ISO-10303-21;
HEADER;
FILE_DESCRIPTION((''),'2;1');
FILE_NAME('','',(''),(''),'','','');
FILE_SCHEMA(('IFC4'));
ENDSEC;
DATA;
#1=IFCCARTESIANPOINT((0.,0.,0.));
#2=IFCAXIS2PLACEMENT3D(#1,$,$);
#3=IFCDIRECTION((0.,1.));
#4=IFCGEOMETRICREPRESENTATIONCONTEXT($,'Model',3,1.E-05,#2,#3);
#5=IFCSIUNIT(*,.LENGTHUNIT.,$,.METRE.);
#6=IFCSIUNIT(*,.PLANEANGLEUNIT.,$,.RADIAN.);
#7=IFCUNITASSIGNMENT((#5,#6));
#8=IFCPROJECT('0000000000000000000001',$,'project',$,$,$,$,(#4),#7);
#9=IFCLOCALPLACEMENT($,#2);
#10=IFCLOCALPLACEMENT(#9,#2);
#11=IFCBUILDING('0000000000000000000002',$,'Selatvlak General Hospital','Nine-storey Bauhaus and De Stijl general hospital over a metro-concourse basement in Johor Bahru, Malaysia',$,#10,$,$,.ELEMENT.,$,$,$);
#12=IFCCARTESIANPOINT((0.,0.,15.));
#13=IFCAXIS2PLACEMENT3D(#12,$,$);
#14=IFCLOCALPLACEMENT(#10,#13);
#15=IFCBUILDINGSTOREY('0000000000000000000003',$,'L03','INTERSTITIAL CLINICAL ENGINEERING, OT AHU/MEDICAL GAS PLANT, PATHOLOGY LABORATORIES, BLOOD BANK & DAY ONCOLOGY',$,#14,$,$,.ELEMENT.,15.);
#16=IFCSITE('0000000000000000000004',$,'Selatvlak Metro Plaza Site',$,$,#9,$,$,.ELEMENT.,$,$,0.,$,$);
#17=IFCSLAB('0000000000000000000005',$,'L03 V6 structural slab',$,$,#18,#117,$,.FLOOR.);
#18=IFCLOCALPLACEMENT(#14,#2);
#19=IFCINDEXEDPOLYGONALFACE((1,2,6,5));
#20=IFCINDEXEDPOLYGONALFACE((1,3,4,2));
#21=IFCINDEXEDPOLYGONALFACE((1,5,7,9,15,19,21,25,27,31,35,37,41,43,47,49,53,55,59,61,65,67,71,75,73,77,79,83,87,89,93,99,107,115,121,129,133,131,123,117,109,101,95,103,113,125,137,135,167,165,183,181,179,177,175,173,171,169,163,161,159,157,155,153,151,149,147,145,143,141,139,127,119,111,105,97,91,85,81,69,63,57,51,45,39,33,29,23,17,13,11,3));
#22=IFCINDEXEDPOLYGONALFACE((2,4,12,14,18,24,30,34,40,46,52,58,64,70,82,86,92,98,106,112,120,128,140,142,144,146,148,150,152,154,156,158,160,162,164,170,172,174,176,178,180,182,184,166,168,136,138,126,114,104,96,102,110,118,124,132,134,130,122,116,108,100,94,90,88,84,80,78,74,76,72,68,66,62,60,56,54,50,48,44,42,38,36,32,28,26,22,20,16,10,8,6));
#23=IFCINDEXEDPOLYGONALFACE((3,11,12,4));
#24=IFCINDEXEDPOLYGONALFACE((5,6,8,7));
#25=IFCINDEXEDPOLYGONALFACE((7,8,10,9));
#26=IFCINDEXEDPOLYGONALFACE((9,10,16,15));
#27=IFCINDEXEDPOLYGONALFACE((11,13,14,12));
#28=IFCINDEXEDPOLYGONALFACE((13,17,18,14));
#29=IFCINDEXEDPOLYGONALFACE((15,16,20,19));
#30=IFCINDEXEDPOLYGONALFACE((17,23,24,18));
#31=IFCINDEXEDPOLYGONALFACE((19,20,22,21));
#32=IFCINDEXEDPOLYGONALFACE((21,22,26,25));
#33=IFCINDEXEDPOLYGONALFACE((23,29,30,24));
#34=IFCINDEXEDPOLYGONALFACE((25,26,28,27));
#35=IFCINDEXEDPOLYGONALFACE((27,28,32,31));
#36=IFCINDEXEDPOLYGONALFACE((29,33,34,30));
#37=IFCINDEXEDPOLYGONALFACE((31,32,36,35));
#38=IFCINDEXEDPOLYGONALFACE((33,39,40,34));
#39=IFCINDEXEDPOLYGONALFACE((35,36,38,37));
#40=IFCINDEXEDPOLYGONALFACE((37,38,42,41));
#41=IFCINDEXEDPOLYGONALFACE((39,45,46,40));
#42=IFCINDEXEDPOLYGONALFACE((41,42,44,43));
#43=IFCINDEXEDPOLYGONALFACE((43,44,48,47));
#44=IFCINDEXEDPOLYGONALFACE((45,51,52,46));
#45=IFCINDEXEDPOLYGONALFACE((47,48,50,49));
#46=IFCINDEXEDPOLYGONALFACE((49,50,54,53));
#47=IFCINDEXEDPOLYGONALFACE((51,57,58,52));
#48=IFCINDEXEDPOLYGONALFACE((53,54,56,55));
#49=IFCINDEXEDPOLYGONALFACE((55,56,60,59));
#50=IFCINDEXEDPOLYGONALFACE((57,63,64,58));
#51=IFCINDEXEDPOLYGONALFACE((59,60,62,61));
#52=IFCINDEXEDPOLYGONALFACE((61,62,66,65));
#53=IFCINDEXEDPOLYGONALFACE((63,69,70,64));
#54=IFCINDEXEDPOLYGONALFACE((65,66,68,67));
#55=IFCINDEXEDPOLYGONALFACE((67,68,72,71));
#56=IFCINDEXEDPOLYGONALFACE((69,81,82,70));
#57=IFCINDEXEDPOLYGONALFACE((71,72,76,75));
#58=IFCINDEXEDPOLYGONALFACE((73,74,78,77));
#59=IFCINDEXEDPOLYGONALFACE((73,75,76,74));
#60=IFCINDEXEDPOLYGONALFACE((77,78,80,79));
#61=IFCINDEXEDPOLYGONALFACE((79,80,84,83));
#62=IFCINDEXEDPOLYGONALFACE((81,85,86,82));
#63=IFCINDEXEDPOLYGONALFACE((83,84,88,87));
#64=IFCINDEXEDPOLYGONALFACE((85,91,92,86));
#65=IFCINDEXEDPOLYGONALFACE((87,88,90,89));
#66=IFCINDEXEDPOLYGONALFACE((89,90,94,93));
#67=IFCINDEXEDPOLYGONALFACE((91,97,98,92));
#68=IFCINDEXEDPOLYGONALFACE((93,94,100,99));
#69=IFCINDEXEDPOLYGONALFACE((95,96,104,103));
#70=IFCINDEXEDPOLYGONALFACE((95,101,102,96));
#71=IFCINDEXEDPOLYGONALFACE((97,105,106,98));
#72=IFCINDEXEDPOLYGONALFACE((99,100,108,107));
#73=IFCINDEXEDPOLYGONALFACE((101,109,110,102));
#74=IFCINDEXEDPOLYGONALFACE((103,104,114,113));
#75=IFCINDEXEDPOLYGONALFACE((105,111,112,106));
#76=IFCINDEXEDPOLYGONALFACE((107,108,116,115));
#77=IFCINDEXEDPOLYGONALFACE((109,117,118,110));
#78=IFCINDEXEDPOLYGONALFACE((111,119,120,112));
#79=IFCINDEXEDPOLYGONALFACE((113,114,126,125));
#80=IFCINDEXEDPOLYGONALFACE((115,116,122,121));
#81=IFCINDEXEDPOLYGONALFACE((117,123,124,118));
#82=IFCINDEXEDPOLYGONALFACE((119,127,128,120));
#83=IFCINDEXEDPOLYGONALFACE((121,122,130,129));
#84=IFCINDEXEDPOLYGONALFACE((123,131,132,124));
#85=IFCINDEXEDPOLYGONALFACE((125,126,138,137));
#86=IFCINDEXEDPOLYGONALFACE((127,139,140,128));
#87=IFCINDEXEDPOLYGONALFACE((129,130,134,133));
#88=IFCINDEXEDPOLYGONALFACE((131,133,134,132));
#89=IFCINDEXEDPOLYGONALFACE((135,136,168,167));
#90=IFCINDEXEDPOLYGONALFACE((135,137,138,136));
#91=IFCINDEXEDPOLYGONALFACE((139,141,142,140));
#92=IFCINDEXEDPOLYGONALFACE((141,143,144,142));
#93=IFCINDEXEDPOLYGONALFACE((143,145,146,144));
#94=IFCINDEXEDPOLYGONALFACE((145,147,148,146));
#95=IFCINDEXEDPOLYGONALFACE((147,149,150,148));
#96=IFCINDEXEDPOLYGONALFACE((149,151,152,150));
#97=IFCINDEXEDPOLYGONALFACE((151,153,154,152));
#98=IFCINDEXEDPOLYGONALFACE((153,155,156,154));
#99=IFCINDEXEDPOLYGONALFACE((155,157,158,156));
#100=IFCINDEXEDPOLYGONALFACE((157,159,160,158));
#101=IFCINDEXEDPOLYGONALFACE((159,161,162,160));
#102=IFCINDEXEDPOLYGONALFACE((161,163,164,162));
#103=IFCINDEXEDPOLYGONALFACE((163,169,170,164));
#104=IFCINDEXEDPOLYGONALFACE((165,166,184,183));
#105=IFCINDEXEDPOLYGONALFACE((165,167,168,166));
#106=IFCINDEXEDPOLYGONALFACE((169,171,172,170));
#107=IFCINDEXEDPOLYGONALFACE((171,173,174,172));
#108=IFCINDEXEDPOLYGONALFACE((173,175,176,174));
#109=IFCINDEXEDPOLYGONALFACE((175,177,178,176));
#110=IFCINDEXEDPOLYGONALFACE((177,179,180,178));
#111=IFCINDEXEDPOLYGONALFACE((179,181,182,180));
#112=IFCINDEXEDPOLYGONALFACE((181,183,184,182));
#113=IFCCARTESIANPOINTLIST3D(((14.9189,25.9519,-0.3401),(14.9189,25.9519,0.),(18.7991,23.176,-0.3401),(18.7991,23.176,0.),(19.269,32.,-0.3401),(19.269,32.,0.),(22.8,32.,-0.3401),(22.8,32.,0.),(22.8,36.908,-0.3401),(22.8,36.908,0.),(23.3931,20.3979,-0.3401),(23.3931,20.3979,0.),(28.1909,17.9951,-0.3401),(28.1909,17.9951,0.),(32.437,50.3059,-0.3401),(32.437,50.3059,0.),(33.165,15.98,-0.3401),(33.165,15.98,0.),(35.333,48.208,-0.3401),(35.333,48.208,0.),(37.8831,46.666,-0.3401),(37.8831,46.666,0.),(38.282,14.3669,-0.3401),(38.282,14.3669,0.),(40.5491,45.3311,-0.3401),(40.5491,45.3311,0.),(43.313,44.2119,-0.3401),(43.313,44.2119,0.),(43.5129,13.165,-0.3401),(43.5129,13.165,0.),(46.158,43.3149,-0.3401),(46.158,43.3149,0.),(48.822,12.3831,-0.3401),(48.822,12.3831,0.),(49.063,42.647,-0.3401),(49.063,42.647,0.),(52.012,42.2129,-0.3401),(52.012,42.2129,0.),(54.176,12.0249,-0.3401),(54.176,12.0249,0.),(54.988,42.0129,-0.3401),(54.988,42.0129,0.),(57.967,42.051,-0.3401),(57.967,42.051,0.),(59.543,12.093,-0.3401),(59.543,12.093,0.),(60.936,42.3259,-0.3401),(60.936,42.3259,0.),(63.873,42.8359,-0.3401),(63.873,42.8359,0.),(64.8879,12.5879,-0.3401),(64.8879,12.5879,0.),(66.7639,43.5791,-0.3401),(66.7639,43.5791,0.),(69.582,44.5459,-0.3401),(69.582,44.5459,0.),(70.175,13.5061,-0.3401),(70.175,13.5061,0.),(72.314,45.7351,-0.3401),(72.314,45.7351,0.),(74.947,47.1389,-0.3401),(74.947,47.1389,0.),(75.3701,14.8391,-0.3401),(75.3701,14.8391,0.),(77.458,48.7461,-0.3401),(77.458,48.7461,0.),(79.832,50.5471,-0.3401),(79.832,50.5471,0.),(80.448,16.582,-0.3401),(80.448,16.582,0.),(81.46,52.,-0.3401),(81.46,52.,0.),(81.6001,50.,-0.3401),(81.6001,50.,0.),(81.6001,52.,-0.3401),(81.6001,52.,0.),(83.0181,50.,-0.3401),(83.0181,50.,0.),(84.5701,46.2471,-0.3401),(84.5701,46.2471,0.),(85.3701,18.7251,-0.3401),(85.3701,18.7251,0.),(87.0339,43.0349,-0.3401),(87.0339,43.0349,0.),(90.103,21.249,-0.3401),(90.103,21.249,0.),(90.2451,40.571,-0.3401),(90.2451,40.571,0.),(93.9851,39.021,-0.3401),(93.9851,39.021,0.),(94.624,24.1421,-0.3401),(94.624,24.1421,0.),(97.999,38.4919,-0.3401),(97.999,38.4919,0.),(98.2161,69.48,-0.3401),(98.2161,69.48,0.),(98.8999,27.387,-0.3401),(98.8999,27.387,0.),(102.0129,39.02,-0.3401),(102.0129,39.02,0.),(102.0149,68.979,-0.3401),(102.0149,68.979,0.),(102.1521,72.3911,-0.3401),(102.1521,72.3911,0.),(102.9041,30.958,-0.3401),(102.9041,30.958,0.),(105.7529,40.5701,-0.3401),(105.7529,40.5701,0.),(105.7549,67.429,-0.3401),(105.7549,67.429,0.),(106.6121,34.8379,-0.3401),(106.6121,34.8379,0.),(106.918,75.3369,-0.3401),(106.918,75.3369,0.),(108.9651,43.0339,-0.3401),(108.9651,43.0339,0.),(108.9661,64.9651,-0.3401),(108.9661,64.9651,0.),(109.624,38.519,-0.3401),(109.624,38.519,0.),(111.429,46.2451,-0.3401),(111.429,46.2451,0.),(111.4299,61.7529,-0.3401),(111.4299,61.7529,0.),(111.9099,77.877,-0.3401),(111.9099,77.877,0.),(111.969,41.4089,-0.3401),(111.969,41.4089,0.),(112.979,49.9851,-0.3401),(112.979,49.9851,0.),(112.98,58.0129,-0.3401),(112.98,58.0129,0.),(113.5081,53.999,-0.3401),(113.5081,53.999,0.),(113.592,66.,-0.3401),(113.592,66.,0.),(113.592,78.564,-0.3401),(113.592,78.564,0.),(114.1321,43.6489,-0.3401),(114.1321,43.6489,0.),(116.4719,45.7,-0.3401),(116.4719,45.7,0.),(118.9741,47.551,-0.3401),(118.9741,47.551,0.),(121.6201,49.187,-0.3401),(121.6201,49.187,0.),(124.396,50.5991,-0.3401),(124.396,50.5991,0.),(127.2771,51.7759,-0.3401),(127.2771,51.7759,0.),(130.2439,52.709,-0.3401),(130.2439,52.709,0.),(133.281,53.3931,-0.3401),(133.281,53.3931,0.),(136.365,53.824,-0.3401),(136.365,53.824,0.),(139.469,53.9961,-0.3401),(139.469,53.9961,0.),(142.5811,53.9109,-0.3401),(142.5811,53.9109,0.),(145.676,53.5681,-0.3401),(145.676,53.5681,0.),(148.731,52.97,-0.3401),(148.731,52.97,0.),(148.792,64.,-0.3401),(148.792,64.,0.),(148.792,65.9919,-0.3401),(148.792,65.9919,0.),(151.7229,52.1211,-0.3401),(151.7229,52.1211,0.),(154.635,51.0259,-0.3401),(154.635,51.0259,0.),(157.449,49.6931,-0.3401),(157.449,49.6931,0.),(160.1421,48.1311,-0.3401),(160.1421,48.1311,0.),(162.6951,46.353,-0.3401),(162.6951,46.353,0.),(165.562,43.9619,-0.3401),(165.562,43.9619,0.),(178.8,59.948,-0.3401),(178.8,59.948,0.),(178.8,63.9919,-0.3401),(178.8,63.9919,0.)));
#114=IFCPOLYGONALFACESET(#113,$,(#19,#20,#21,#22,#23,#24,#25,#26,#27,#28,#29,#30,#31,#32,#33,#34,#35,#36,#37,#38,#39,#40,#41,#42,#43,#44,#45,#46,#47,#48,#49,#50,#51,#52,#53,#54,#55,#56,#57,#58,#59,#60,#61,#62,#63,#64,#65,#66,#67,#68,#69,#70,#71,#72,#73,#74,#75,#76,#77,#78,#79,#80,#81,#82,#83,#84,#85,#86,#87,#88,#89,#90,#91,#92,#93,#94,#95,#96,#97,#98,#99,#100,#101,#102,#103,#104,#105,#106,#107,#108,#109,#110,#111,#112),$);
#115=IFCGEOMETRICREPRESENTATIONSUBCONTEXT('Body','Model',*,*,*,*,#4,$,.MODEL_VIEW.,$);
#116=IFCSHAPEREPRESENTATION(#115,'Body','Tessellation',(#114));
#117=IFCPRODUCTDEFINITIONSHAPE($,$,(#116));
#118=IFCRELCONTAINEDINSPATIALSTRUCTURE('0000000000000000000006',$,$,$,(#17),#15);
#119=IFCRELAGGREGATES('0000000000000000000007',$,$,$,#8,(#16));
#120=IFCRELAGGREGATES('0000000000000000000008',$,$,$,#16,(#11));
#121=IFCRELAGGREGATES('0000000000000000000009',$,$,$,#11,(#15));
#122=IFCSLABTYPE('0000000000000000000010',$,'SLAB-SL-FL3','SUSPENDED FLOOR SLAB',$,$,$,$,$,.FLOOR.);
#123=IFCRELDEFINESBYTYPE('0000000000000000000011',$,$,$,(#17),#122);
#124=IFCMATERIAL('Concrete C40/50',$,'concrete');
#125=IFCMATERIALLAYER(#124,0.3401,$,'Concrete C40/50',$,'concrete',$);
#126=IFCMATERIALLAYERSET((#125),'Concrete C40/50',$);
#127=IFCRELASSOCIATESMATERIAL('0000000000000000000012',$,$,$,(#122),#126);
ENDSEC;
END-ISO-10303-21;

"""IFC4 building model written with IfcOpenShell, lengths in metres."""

from ifc_helpers import new_model, si_unit, direction, frame, origin, place, context, subcontext, project, spatial, polyline, outline, extrude, material, layer, layer_set, type_object, element, save


model = new_model("IFC4")

# Units and contexts
model_context = context("Model", 3, precision=1e-05, world=origin(), true_north=direction((0.0, 1.0)))
body_context = subcontext(model_context, "Body", "Model", "MODEL_VIEW")
ifc_project = project(units=[si_unit("LENGTHUNIT", "METRE"), si_unit("PLANEANGLEUNIT", "RADIAN")], contexts=[model_context])

# Site, building, storey
site_placement = place(None, origin())
site = spatial("IfcSite", under=ifc_project, at=site_placement, Name="Selatvlak Metro Plaza Site", CompositionType="ELEMENT", RefElevation=0.0)
building_placement = place(site_placement, origin())
building = spatial("IfcBuilding", under=site, at=building_placement, Name="Selatvlak General Hospital", Description="Nine-storey Bauhaus and De Stijl general hospital over a metro-concourse basement in Johor Bahru, Malaysia", CompositionType="ELEMENT")
storey_placement = place(building_placement, frame((0.0, 0.0, 15.0)))
storey = spatial("IfcBuildingStorey", under=building, at=storey_placement, Name="L03", Description="INTERSTITIAL CLINICAL ENGINEERING, OT AHU/MEDICAL GAS PLANT, PATHOLOGY LABORATORIES, BLOOD BANK & DAY ONCOLOGY", CompositionType="ELEMENT", Elevation=15.0)

# Shared definitions
ifc_material_1 = material(Name="Concrete C40/50", Category="concrete")

# Slab
ifc_layer_1 = layer(ifc_material_1, 0.3401, Name="Concrete C40/50", Category="concrete")
ifc_layer_set_1 = layer_set([ifc_layer_1], Name="Concrete C40/50")
slab_type_1 = type_object("IfcSlabType", Name="SLAB-SL-FL3", Description="SUSPENDED FLOOR SLAB", PredefinedType="FLOOR", material=ifc_layer_set_1)
slab_1_placement = place(storey_placement, frame((0.0, 0.0, -0.3401)))
element("IfcSlab", 1, at=slab_1_placement, inside=storey, type_object=slab_type_1, Name="L03 V6 structural slab", PredefinedType="FLOOR", context=body_context, shape_type="SweptSolid", body=[
    extrude(outline(polyline([(40.5491, 45.3311), (43.313, 44.2119), (46.158, 43.3149), (49.063, 42.647), (52.012, 42.2129), (54.988, 42.0129), (57.967, 42.051), (60.936, 42.3259), (63.873, 42.8359), (66.7639, 43.5791), (69.582, 44.5459), (72.314, 45.7351), (74.947, 47.1389), (77.458, 48.7461), (79.832, 50.5471), (81.46, 52.0), (81.6001, 52.0), (81.6001, 50.0), (83.0181, 50.0), (84.5701, 46.2471), (87.0339, 43.0349), (90.2451, 40.571), (93.9851, 39.021), (97.999, 38.4919), (102.0129, 39.02), (105.7529, 40.5701), (108.9651, 43.0339), (111.429, 46.2451), (112.979, 49.9851), (113.5081, 53.999), (112.98, 58.0129), (111.4299, 61.7529), (108.9661, 64.9651), (105.7549, 67.429), (102.0149, 68.979), (98.2161, 69.48), (102.1521, 72.3911), (106.918, 75.3369), (111.9099, 77.877), (113.592, 78.564), (113.592, 66.0), (148.792, 65.9919), (148.792, 64.0), (178.8, 63.9919), (178.8, 59.948), (165.562, 43.9619), (162.6951, 46.353), (160.1421, 48.1311), (157.449, 49.6931), (154.635, 51.0259), (151.7229, 52.1211), (148.731, 52.97), (145.676, 53.5681), (142.5811, 53.9109), (139.469, 53.9961), (136.365, 53.824), (133.281, 53.3931), (130.2439, 52.709), (127.2771, 51.7759), (124.396, 50.5991), (121.6201, 49.187), (118.9741, 47.551), (116.4719, 45.7), (114.1321, 43.6489), (111.969, 41.4089), (109.624, 38.519), (106.6121, 34.8379), (102.9041, 30.958), (98.8999, 27.387), (94.624, 24.1421), (90.103, 21.249), (85.3701, 18.7251), (80.448, 16.582), (75.3701, 14.8391), (70.175, 13.5061), (64.8879, 12.5879), (59.543, 12.093), (54.176, 12.0249), (48.822, 12.3831), (43.5129, 13.165), (38.282, 14.3669), (33.165, 15.98), (28.1909, 17.9951), (23.3931, 20.3979), (18.7991, 23.176), (14.9189, 25.9519), (19.269, 32.0), (22.8, 32.0), (22.8, 36.908), (32.437, 50.3059), (35.333, 48.208), (37.8831, 46.666), (40.5491, 45.3311)])), origin(), (0.0, 0.0, 1.0), 0.3401),
])

save(model, "model.ifc")
